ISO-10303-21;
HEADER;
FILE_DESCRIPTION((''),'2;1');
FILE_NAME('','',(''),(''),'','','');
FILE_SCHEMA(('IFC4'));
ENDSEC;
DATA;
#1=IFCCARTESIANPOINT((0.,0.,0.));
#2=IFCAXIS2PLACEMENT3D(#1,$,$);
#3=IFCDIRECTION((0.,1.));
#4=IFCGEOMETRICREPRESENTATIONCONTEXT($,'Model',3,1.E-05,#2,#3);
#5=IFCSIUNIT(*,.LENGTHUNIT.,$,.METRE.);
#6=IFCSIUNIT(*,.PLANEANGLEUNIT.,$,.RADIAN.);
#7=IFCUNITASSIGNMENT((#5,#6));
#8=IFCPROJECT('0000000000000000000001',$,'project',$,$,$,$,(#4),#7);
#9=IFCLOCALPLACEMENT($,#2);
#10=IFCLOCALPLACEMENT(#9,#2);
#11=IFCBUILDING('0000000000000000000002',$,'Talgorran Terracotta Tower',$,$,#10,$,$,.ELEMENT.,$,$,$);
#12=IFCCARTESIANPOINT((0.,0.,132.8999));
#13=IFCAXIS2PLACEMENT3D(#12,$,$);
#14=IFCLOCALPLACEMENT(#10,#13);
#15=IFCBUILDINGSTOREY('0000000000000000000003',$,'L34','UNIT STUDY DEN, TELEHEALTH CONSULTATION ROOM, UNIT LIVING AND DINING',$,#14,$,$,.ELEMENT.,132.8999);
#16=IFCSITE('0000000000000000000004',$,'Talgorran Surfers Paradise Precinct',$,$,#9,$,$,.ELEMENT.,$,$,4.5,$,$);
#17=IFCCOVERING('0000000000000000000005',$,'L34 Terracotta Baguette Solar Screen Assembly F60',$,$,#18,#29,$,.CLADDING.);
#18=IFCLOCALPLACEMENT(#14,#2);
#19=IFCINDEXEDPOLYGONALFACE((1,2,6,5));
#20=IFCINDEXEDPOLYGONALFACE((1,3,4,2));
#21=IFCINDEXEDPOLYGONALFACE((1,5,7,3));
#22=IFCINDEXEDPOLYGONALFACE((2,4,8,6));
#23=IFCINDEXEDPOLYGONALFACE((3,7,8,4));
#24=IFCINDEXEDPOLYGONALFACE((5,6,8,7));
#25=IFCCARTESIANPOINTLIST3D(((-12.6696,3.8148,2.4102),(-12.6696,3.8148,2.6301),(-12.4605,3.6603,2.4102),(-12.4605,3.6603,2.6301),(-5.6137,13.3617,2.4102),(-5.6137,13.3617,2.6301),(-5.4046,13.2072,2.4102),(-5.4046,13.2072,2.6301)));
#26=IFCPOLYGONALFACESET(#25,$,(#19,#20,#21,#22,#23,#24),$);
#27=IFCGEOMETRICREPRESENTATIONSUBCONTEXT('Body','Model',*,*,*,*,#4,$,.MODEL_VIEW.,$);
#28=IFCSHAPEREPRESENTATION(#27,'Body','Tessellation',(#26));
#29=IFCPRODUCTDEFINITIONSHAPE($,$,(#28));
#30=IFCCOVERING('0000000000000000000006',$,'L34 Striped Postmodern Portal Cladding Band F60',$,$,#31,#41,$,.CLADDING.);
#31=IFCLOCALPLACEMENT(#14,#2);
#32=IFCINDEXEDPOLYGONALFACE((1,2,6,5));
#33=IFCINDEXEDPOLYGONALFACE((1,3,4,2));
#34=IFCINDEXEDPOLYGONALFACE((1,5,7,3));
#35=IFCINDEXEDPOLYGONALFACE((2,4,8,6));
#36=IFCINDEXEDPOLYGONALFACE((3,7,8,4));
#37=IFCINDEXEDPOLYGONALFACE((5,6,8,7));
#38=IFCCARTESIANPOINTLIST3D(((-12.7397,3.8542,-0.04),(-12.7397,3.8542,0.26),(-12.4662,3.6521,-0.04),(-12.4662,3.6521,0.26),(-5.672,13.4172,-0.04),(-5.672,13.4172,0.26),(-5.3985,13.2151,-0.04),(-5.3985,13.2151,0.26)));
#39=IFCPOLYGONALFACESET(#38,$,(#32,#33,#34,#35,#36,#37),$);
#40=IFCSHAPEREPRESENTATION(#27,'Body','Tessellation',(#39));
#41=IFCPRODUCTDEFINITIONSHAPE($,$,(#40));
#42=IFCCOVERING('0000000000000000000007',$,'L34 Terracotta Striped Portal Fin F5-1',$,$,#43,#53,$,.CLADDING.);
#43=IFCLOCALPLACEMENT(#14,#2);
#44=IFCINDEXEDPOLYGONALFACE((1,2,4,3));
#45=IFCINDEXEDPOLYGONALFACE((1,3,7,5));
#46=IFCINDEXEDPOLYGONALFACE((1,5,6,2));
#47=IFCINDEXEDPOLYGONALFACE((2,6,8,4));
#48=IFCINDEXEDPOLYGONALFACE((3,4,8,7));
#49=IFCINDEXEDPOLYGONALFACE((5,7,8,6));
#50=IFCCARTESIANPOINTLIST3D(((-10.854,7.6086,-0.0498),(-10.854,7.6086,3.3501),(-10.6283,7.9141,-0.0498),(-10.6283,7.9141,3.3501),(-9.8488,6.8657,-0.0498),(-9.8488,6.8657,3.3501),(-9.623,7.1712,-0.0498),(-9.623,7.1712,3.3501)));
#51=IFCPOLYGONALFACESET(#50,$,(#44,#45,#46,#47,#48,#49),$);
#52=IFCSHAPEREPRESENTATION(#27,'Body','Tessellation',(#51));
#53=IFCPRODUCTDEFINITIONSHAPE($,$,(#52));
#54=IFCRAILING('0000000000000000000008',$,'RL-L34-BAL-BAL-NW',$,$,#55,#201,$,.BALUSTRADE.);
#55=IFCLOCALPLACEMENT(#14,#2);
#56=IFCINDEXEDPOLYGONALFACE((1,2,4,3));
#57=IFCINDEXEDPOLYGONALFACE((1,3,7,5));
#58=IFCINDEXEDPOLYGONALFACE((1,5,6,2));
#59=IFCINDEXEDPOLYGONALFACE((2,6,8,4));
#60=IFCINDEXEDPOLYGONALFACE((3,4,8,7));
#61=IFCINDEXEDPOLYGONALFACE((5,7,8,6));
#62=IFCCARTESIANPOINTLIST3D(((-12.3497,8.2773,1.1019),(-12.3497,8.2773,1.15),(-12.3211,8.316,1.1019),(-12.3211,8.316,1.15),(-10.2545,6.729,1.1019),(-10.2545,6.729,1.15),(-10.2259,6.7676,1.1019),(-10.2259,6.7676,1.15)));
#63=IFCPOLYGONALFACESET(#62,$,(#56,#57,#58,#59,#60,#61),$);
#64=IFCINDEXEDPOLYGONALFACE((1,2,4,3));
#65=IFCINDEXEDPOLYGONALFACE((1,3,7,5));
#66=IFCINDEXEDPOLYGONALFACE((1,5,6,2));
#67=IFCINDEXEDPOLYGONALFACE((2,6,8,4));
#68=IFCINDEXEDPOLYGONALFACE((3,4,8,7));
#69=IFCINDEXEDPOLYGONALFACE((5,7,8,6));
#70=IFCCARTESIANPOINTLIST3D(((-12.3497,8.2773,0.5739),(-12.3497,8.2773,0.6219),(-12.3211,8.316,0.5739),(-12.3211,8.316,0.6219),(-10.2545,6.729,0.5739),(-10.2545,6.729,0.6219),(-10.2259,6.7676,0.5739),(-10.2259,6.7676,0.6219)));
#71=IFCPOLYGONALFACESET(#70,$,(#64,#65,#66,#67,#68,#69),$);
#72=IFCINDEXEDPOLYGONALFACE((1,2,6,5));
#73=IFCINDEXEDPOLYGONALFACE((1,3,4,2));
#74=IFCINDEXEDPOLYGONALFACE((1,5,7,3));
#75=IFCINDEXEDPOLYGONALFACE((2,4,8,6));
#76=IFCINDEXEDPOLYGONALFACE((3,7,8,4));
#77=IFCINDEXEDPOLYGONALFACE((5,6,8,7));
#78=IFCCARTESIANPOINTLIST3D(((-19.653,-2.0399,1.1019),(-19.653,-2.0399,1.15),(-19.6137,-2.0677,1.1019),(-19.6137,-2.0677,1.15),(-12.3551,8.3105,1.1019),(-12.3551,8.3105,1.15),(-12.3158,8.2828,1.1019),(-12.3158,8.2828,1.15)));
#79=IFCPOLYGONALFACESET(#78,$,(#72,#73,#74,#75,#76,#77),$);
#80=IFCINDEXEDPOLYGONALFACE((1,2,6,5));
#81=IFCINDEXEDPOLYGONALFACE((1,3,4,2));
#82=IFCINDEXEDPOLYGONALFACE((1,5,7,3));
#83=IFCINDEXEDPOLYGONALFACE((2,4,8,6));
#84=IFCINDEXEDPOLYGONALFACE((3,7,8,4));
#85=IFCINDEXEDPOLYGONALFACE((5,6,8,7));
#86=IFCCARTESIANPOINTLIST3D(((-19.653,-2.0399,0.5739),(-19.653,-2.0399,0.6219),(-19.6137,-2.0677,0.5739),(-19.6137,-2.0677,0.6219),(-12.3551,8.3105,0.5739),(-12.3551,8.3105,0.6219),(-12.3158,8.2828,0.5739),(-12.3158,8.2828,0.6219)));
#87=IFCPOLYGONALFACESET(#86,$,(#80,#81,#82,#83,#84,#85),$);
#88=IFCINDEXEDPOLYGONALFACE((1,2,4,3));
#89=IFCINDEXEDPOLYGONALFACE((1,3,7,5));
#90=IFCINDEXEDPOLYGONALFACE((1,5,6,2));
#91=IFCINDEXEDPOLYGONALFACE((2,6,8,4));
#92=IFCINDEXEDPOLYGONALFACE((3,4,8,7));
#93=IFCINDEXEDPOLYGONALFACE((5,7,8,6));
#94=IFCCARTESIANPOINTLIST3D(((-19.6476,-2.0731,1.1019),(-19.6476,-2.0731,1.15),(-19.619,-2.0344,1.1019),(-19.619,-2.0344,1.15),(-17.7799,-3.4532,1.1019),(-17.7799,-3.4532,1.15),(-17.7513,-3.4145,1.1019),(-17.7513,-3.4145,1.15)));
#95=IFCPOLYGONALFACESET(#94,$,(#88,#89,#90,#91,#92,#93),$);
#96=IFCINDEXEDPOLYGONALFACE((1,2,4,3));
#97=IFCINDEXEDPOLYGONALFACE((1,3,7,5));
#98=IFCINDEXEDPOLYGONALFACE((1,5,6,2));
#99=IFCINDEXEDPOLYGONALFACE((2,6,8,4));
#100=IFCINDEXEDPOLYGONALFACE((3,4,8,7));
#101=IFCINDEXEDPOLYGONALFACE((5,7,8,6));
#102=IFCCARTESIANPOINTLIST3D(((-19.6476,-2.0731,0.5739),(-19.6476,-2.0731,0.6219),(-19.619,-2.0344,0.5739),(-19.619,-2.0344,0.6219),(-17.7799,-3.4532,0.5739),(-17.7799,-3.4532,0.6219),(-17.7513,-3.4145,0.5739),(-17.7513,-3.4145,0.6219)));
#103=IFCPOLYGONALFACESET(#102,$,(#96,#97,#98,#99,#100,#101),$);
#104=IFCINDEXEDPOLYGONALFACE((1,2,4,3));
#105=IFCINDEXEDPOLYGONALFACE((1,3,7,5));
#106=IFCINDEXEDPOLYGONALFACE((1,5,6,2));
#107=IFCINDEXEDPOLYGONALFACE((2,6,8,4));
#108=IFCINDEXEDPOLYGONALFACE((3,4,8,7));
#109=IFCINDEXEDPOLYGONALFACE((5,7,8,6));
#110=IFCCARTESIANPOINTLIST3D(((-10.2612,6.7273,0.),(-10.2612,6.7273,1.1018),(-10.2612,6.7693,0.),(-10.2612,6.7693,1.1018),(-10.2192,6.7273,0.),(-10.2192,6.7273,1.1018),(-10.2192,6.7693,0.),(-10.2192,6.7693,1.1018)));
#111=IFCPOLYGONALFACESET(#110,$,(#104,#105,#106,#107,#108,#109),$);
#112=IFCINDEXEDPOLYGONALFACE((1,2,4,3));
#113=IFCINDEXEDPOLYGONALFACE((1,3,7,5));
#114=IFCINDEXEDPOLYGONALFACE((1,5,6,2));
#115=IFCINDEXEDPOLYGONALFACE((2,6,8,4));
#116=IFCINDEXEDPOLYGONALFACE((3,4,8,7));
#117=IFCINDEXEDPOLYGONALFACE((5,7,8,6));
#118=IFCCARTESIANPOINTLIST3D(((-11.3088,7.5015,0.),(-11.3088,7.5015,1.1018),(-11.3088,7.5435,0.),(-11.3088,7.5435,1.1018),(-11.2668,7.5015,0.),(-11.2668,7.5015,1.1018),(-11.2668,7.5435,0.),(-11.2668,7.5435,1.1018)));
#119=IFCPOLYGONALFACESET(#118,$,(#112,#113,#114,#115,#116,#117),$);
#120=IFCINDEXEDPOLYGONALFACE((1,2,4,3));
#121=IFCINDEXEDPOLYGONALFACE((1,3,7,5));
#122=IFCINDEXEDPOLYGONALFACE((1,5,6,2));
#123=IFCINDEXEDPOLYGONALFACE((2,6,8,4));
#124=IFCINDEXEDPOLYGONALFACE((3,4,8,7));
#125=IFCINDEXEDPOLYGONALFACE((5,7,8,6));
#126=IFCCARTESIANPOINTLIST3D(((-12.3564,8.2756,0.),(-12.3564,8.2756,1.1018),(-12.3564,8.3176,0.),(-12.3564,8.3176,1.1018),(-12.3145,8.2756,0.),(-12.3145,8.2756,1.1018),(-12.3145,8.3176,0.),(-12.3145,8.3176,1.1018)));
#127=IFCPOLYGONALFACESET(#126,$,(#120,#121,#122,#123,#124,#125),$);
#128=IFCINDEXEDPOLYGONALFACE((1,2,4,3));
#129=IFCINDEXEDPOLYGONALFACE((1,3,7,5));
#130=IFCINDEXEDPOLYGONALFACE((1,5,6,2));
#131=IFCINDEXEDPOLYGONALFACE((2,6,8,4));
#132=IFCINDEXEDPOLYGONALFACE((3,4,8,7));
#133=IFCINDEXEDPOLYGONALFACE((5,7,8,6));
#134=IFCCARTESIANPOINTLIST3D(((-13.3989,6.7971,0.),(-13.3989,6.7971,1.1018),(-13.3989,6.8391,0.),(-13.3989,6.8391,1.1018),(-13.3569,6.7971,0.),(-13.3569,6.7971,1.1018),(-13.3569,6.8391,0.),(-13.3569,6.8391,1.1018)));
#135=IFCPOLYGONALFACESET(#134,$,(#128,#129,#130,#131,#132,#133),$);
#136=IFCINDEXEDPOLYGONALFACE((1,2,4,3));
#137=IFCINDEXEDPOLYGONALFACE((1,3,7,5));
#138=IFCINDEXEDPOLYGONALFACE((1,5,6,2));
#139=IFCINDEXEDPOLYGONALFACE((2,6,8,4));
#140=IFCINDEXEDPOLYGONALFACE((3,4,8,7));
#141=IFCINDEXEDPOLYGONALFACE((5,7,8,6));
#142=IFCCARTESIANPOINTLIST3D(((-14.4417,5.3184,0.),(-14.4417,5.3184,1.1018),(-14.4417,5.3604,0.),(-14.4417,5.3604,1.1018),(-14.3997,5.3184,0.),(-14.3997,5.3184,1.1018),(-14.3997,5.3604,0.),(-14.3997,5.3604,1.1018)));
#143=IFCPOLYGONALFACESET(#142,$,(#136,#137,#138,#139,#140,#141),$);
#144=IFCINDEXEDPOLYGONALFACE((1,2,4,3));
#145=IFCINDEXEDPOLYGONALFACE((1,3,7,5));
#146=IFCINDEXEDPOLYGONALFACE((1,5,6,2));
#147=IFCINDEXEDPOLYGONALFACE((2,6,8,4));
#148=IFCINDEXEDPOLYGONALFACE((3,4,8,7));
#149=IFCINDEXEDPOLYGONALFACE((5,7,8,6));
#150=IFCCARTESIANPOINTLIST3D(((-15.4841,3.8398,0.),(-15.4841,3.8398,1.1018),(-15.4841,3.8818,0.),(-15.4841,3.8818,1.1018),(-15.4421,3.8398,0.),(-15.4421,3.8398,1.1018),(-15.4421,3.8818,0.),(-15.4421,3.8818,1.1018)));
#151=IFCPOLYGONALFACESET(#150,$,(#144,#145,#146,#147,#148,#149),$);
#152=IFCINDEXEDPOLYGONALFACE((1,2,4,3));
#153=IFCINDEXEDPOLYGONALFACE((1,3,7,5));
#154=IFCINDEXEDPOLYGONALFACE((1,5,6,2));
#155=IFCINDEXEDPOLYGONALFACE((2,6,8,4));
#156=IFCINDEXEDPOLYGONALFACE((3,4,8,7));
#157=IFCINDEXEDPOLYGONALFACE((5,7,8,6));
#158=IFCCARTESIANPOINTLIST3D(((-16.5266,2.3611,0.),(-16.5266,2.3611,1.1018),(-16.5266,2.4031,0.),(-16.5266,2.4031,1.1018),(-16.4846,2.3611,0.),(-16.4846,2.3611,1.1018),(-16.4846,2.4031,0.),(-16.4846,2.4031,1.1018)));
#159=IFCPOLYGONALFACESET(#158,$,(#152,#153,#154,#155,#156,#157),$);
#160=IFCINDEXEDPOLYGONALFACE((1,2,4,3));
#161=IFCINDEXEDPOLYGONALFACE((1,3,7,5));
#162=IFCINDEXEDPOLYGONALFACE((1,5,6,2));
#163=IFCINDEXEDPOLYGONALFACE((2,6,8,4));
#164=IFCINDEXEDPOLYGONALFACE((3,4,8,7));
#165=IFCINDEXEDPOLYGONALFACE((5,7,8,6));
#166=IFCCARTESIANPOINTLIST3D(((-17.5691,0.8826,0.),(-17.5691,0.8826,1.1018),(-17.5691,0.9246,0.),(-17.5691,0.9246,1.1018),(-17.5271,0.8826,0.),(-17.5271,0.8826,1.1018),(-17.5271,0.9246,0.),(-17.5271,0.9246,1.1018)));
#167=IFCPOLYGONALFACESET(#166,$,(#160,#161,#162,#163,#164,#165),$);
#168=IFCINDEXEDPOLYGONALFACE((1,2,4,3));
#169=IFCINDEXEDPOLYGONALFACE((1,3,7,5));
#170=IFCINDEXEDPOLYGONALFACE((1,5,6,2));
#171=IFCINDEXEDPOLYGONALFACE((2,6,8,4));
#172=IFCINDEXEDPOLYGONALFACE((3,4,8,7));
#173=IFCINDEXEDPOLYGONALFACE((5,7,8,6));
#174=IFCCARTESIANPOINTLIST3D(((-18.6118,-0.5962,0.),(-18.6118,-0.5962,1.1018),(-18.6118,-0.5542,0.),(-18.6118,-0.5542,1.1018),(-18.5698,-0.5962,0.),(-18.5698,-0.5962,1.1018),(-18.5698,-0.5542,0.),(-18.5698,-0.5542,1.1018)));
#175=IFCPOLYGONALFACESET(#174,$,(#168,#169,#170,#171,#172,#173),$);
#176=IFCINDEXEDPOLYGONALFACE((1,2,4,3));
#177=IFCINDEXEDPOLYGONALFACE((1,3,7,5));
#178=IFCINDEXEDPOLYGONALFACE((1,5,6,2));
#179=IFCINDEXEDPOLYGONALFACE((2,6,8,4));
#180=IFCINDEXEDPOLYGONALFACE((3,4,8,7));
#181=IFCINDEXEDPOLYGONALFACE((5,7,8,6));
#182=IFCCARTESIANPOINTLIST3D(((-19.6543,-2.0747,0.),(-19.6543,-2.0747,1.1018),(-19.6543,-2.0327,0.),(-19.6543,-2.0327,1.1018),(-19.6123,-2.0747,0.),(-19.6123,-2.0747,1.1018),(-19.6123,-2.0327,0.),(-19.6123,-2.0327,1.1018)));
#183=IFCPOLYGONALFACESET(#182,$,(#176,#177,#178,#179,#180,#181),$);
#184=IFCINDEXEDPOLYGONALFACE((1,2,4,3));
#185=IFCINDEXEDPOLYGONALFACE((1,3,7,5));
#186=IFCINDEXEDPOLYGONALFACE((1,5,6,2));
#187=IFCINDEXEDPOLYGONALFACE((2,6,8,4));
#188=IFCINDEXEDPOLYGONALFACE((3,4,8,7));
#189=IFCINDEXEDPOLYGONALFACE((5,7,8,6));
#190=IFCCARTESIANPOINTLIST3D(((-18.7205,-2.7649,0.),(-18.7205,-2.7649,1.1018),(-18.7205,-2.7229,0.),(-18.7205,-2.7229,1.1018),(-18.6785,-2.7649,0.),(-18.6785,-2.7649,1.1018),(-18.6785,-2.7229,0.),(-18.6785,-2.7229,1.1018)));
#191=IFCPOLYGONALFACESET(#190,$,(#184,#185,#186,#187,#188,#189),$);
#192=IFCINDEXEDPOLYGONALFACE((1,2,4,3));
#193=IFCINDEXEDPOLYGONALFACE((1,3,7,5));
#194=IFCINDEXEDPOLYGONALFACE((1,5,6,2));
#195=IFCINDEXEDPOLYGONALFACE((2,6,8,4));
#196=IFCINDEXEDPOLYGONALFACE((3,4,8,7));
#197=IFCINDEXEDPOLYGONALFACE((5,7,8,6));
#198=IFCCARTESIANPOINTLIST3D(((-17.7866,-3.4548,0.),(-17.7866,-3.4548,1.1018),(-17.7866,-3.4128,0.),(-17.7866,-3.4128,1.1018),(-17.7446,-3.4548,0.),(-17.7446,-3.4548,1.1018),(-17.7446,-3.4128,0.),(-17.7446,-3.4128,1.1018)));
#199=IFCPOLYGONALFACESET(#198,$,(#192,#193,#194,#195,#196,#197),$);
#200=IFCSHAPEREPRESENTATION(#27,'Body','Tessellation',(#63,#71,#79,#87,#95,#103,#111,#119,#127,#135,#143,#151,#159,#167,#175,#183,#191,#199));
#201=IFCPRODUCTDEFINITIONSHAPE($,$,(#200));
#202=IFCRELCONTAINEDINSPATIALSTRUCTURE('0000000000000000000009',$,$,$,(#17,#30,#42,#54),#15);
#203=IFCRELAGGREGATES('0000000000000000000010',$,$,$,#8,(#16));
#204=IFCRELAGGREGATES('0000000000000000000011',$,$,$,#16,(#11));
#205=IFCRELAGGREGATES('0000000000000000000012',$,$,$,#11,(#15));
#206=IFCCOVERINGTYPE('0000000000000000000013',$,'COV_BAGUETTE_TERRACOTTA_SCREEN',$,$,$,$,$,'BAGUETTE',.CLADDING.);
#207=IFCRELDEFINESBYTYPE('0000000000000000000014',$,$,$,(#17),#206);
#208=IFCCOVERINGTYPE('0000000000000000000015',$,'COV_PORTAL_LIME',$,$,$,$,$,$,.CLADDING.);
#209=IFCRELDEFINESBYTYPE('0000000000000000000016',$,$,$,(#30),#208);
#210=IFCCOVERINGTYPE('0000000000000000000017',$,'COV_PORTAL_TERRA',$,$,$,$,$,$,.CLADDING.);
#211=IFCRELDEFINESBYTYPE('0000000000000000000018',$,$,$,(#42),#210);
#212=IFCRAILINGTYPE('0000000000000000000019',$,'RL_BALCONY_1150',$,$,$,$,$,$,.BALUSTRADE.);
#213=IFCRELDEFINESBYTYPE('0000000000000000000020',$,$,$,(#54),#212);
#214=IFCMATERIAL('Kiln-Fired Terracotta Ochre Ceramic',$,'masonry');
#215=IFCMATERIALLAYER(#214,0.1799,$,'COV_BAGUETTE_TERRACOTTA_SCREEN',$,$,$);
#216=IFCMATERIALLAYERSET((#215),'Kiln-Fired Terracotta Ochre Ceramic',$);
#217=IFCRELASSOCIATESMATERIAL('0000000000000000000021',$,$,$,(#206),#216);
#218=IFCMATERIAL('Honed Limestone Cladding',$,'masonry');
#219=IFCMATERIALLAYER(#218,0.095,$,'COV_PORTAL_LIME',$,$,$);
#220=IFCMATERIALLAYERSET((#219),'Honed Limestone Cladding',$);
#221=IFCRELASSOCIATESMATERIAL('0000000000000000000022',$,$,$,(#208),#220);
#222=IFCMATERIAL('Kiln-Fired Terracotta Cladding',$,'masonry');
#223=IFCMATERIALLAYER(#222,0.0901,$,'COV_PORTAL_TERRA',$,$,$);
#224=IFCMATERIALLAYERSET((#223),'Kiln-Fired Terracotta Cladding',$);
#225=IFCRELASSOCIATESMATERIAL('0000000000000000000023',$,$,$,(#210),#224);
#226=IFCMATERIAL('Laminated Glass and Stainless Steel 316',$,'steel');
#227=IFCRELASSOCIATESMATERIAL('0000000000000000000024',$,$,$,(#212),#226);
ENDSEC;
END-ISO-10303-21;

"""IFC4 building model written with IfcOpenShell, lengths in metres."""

from ifc_helpers import new_model, si_unit, direction, frame, origin, origin_2d, place, context, subcontext, project, spatial, rectangle, extrude, material, layer, layer_set, type_object, element, save


model = new_model("IFC4")

# Units and contexts
model_context = context("Model", 3, precision=1e-05, world=origin(), true_north=direction((0.0, 1.0)))
body_context = subcontext(model_context, "Body", "Model", "MODEL_VIEW")
ifc_project = project(units=[si_unit("LENGTHUNIT", "METRE"), si_unit("PLANEANGLEUNIT", "RADIAN")], contexts=[model_context])

# Site, building, storey
site_placement = place(None, origin())
site = spatial("IfcSite", under=ifc_project, at=site_placement, Name="Talgorran Surfers Paradise Precinct", CompositionType="ELEMENT", RefElevation=4.5)
building_placement = place(site_placement, origin())
building = spatial("IfcBuilding", under=site, at=building_placement, Name="Talgorran Terracotta Tower", CompositionType="ELEMENT")
storey_placement = place(building_placement, frame((0.0, 0.0, 132.8999)))
storey = spatial("IfcBuildingStorey", under=building, at=storey_placement, Name="L34", Description="UNIT STUDY DEN, TELEHEALTH CONSULTATION ROOM, UNIT LIVING AND DINING", CompositionType="ELEMENT", Elevation=132.8999)

# Coverings
ifc_material_1 = material(Name="Kiln-Fired Terracotta Ochre Ceramic", Category="masonry")
ifc_layer_1 = layer(ifc_material_1, 0.1799, Name="COV_BAGUETTE_TERRACOTTA_SCREEN")
ifc_layer_set_1 = layer_set([ifc_layer_1], Name="Kiln-Fired Terracotta Ochre Ceramic")
covering_type_1 = type_object("IfcCoveringType", Name="COV_BAGUETTE_TERRACOTTA_SCREEN", ElementType="BAGUETTE", PredefinedType="CLADDING", material=ifc_layer_set_1)
covering_1_placement = place(storey_placement, frame((-9.0371, 8.511, 2.4102), z_axis=(0.0, 0.0, 1.0), x_axis=(-0.59436, -0.804199, 0.0)))
element("IfcCovering", 1, at=covering_1_placement, inside=storey, type_object=covering_type_1, Name="L34 Terracotta Baguette Solar Screen Assembly F60", PredefinedType="CLADDING", context=body_context, shape_type="SweptSolid", body=[
    extrude(rectangle(XDim=11.8713, YDim=0.26, at=origin_2d()), origin(), (0.0, 0.0, 1.0), 0.22),
])
ifc_material_2 = material(Name="Honed Limestone Cladding", Category="masonry")
ifc_layer_2 = layer(ifc_material_2, 0.095, Name="COV_PORTAL_LIME")
ifc_layer_set_2 = layer_set([ifc_layer_2], Name="Honed Limestone Cladding")
covering_type_2 = type_object("IfcCoveringType", Name="COV_PORTAL_LIME", PredefinedType="CLADDING", material=ifc_layer_set_2)
covering_2_placement = place(storey_placement, frame((-9.0691, 8.5347, -0.04), z_axis=(0.0, 0.0, 1.0), x_axis=(-0.59436, -0.804199, 0.0)))
element("IfcCovering", 2, at=covering_2_placement, inside=storey, type_object=covering_type_2, Name="L34 Striped Postmodern Portal Cladding Band F60", PredefinedType="CLADDING", context=body_context, shape_type="SweptSolid", body=[
    extrude(rectangle(XDim=11.8914, YDim=0.3401, at=origin_2d()), origin(), (0.0, 0.0, 1.0), 0.3),
])
ifc_material_3 = material(Name="Kiln-Fired Terracotta Cladding", Category="masonry")
ifc_layer_3 = layer(ifc_material_3, 0.0901, Name="COV_PORTAL_TERRA")
ifc_layer_set_3 = layer_set([ifc_layer_3], Name="Kiln-Fired Terracotta Cladding")
covering_type_3 = type_object("IfcCoveringType", Name="COV_PORTAL_TERRA", PredefinedType="CLADDING", material=ifc_layer_set_3)
covering_3_placement = place(storey_placement, frame((-10.2385, 7.3899, -0.0498), z_axis=(0.0, 0.0, 1.0), x_axis=(-0.59436, -0.804199, 0.0)))
element("IfcCovering", 3, at=covering_3_placement, inside=storey, type_object=covering_type_3, Name="L34 Terracotta Striped Portal Fin F5-1", PredefinedType="CLADDING", context=body_context, shape_type="SweptSolid", body=[
    extrude(rectangle(XDim=0.3799, YDim=1.25, at=origin_2d()), origin(), (0.0, 0.0, 1.0), 3.3999),
])

# Railing
ifc_material_4 = material(Name="Laminated Glass and Stainless Steel 316", Category="steel")
railing_type = type_object("IfcRailingType", Name="RL_BALCONY_1150", PredefinedType="BALUSTRADE", material=ifc_material_4)
railing_placement = place(storey_placement, frame((-10.2402, 6.7483, 0.0)))
element("IfcRailing", 4, at=railing_placement, inside=storey, type_object=railing_type, Name="RL-L34-BAL-BAL-NW", PredefinedType="BALUSTRADE", context=body_context, shape_type="SweptSolid", body=[
    extrude(rectangle(XDim=0.0481, YDim=0.0481, at=origin_2d()), frame((0.0, 0.0, 1.126), z_axis=(-0.804231, 0.594317, 0.0), x_axis=(-0.594317, -0.804231, 0.0)), (0.0, 0.0, 1.0), 2.6052),
    extrude(rectangle(XDim=0.0481, YDim=0.0481, at=origin_2d()), frame((0.0, 0.0, 0.5979), z_axis=(-0.804231, 0.594317, 0.0), x_axis=(-0.594317, -0.804231, 0.0)), (0.0, 0.0, 1.0), 2.6052),
    extrude(rectangle(XDim=0.0481, YDim=0.0481, at=origin_2d()), frame((-2.0952, 1.5483, 1.126), z_axis=(-0.576247, -0.817275, 0.0), x_axis=(0.817275, -0.576247, 0.0)), (0.0, 0.0, 1.0), 12.6646),
    extrude(rectangle(XDim=0.0481, YDim=0.0481, at=origin_2d()), frame((-2.0952, 1.5483, 0.5979), z_axis=(-0.576247, -0.817275, 0.0), x_axis=(0.817275, -0.576247, 0.0)), (0.0, 0.0, 1.0), 12.6646),
    extrude(rectangle(XDim=0.0481, YDim=0.0481, at=origin_2d()), frame((-9.3931, -8.802, 1.126), z_axis=(0.804244, -0.594299, 0.0), x_axis=(0.594299, 0.804244, 0.0)), (0.0, 0.0, 1.0), 2.3223),
    extrude(rectangle(XDim=0.0481, YDim=0.0481, at=origin_2d()), frame((-9.3931, -8.802, 0.5979), z_axis=(0.804244, -0.594299, 0.0), x_axis=(0.594299, 0.804244, 0.0)), (0.0, 0.0, 1.0), 2.3223),
    extrude(rectangle(XDim=0.042, YDim=0.042, at=origin_2d()), origin(), (0.0, 0.0, 1.0), 1.1018),
    extrude(rectangle(XDim=0.042, YDim=0.042, at=origin_2d()), frame((-1.0476, 0.7742, 0.0)), (0.0, 0.0, 1.0), 1.1018),
    extrude(rectangle(XDim=0.042, YDim=0.042, at=origin_2d()), frame((-2.0952, 1.5483, 0.0)), (0.0, 0.0, 1.0), 1.1018),
    extrude(rectangle(XDim=0.042, YDim=0.042, at=origin_2d()), frame((-3.1377, 0.0698, 0.0)), (0.0, 0.0, 1.0), 1.1018),
    extrude(rectangle(XDim=0.042, YDim=0.042, at=origin_2d()), frame((-4.1804, -1.4089, 0.0)), (0.0, 0.0, 1.0), 1.1018),
    extrude(rectangle(XDim=0.042, YDim=0.042, at=origin_2d()), frame((-5.2229, -2.8875, 0.0)), (0.0, 0.0, 1.0), 1.1018),
    extrude(rectangle(XDim=0.042, YDim=0.042, at=origin_2d()), frame((-6.2654, -4.3662, 0.0)), (0.0, 0.0, 1.0), 1.1018),
    extrude(rectangle(XDim=0.042, YDim=0.042, at=origin_2d()), frame((-7.3079, -5.8447, 0.0)), (0.0, 0.0, 1.0), 1.1018),
    extrude(rectangle(XDim=0.042, YDim=0.042, at=origin_2d()), frame((-8.3506, -7.3235, 0.0)), (0.0, 0.0, 1.0), 1.1018),
    extrude(rectangle(XDim=0.042, YDim=0.042, at=origin_2d()), frame((-9.3931, -8.802, 0.0)), (0.0, 0.0, 1.0), 1.1018),
    extrude(rectangle(XDim=0.042, YDim=0.042, at=origin_2d()), frame((-8.4592, -9.4922, 0.0)), (0.0, 0.0, 1.0), 1.1018),
    extrude(rectangle(XDim=0.042, YDim=0.042, at=origin_2d()), frame((-7.5254, -10.1821, 0.0)), (0.0, 0.0, 1.0), 1.1018),
])

save(model, "model.ifc")
